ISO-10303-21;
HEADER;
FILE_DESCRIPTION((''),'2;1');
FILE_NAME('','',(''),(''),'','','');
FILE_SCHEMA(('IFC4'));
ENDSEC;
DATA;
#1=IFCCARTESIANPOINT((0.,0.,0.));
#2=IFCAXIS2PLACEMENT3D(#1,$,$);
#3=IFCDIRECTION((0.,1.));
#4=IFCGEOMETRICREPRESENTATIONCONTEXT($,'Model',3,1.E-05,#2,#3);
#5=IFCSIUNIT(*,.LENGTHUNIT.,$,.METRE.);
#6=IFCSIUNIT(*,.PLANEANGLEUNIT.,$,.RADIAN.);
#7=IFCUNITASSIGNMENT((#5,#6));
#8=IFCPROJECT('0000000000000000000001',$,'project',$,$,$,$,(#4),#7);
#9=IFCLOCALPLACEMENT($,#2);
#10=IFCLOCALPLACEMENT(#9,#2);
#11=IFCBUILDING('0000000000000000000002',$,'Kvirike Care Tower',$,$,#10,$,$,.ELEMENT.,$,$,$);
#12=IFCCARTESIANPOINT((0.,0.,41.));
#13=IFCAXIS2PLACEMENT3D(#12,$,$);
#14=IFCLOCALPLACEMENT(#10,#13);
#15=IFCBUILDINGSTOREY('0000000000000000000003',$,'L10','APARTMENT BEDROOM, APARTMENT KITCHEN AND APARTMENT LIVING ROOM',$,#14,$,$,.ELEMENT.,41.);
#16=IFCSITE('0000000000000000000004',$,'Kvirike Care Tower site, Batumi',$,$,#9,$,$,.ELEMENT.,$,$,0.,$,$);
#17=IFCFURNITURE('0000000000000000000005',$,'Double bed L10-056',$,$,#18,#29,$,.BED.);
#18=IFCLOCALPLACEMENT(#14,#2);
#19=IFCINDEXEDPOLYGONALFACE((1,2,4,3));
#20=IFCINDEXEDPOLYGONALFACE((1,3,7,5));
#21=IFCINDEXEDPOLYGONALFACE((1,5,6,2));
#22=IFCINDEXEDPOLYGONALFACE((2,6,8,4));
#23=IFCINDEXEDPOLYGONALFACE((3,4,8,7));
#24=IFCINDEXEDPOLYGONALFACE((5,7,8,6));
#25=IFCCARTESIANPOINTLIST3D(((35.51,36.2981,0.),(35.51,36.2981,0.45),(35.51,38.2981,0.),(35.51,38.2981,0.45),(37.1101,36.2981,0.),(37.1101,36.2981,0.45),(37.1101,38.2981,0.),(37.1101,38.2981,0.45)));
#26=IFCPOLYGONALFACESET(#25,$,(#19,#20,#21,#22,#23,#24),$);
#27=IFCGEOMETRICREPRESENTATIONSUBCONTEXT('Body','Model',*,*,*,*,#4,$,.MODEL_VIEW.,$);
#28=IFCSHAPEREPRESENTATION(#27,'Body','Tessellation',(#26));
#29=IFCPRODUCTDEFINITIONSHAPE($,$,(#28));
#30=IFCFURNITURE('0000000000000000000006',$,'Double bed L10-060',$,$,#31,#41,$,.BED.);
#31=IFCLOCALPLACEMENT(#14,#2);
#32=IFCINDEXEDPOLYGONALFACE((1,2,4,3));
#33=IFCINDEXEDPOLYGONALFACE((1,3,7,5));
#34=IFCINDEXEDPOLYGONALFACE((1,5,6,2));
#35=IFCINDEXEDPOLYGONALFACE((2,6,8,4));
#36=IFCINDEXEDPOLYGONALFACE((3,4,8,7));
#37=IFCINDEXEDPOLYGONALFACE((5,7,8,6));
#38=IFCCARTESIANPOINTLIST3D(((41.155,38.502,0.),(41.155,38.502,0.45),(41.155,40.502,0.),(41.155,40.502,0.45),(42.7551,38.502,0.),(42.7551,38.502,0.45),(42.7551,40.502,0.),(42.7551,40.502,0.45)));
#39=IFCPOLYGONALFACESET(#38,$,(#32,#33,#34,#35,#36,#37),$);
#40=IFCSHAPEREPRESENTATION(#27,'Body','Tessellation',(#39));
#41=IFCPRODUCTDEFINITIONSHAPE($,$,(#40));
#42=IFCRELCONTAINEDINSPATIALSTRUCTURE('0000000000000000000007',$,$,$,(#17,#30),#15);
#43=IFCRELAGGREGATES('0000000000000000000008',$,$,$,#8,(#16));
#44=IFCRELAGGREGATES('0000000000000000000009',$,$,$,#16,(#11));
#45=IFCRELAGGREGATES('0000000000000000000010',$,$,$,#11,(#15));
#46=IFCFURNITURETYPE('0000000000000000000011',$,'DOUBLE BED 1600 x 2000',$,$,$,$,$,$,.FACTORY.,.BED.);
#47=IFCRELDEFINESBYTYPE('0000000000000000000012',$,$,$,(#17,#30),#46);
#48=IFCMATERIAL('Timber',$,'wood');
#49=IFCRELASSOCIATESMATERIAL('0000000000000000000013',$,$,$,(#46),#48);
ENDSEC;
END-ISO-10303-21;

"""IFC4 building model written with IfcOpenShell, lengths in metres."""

from ifc_helpers import new_model, si_unit, direction, frame, origin, origin_2d, place, context, subcontext, project, spatial, rectangle, extrude, material, type_object, element, save


model = new_model("IFC4")

# Units and contexts
model_context = context("Model", 3, precision=1e-05, world=origin(), true_north=direction((0.0, 1.0)))
body_context = subcontext(model_context, "Body", "Model", "MODEL_VIEW")
ifc_project = project(units=[si_unit("LENGTHUNIT", "METRE"), si_unit("PLANEANGLEUNIT", "RADIAN")], contexts=[model_context])

# Site, building, storey
site_placement = place(None, origin())
site = spatial("IfcSite", under=ifc_project, at=site_placement, Name="Kvirike Care Tower site, Batumi", CompositionType="ELEMENT", RefElevation=0.0)
building_placement = place(site_placement, origin())
building = spatial("IfcBuilding", under=site, at=building_placement, Name="Kvirike Care Tower", CompositionType="ELEMENT")
storey_placement = place(building_placement, frame((0.0, 0.0, 41.0)))
storey = spatial("IfcBuildingStorey", under=building, at=storey_placement, Name="L10", Description="APARTMENT BEDROOM, APARTMENT KITCHEN AND APARTMENT LIVING ROOM", CompositionType="ELEMENT", Elevation=41.0)

# Furniture
ifc_material_1 = material(Name="Timber", Category="wood")
furniture_type = type_object("IfcFurnitureType", Name="DOUBLE BED 1600 x 2000", AssemblyPlace="FACTORY", PredefinedType="BED", material=ifc_material_1)
for number, where, z_axis, x_axis, name in (
    (1, (36.3101, 37.2981, 0.0), (0.0, 0.0, 1.0), (1.0, 0.0, 0.0), "Double bed L10-056"),
    (2, (41.9551, 39.502, 0.0), (0.0, 0.0, 1.0), (-1.0, 0.0, 0.0), "Double bed L10-060"),
):
    element("IfcFurniture", number, at=place(storey_placement, frame(where, z_axis=z_axis, x_axis=x_axis)), inside=storey, type_object=furniture_type, Name=name, PredefinedType="BED", context=body_context, shape_type="SweptSolid", body=[
        extrude(rectangle(XDim=1.6001, YDim=2.0, at=origin_2d()), origin(), (0.0, 0.0, 1.0), 0.45),
    ])

save(model, "model.ifc")
